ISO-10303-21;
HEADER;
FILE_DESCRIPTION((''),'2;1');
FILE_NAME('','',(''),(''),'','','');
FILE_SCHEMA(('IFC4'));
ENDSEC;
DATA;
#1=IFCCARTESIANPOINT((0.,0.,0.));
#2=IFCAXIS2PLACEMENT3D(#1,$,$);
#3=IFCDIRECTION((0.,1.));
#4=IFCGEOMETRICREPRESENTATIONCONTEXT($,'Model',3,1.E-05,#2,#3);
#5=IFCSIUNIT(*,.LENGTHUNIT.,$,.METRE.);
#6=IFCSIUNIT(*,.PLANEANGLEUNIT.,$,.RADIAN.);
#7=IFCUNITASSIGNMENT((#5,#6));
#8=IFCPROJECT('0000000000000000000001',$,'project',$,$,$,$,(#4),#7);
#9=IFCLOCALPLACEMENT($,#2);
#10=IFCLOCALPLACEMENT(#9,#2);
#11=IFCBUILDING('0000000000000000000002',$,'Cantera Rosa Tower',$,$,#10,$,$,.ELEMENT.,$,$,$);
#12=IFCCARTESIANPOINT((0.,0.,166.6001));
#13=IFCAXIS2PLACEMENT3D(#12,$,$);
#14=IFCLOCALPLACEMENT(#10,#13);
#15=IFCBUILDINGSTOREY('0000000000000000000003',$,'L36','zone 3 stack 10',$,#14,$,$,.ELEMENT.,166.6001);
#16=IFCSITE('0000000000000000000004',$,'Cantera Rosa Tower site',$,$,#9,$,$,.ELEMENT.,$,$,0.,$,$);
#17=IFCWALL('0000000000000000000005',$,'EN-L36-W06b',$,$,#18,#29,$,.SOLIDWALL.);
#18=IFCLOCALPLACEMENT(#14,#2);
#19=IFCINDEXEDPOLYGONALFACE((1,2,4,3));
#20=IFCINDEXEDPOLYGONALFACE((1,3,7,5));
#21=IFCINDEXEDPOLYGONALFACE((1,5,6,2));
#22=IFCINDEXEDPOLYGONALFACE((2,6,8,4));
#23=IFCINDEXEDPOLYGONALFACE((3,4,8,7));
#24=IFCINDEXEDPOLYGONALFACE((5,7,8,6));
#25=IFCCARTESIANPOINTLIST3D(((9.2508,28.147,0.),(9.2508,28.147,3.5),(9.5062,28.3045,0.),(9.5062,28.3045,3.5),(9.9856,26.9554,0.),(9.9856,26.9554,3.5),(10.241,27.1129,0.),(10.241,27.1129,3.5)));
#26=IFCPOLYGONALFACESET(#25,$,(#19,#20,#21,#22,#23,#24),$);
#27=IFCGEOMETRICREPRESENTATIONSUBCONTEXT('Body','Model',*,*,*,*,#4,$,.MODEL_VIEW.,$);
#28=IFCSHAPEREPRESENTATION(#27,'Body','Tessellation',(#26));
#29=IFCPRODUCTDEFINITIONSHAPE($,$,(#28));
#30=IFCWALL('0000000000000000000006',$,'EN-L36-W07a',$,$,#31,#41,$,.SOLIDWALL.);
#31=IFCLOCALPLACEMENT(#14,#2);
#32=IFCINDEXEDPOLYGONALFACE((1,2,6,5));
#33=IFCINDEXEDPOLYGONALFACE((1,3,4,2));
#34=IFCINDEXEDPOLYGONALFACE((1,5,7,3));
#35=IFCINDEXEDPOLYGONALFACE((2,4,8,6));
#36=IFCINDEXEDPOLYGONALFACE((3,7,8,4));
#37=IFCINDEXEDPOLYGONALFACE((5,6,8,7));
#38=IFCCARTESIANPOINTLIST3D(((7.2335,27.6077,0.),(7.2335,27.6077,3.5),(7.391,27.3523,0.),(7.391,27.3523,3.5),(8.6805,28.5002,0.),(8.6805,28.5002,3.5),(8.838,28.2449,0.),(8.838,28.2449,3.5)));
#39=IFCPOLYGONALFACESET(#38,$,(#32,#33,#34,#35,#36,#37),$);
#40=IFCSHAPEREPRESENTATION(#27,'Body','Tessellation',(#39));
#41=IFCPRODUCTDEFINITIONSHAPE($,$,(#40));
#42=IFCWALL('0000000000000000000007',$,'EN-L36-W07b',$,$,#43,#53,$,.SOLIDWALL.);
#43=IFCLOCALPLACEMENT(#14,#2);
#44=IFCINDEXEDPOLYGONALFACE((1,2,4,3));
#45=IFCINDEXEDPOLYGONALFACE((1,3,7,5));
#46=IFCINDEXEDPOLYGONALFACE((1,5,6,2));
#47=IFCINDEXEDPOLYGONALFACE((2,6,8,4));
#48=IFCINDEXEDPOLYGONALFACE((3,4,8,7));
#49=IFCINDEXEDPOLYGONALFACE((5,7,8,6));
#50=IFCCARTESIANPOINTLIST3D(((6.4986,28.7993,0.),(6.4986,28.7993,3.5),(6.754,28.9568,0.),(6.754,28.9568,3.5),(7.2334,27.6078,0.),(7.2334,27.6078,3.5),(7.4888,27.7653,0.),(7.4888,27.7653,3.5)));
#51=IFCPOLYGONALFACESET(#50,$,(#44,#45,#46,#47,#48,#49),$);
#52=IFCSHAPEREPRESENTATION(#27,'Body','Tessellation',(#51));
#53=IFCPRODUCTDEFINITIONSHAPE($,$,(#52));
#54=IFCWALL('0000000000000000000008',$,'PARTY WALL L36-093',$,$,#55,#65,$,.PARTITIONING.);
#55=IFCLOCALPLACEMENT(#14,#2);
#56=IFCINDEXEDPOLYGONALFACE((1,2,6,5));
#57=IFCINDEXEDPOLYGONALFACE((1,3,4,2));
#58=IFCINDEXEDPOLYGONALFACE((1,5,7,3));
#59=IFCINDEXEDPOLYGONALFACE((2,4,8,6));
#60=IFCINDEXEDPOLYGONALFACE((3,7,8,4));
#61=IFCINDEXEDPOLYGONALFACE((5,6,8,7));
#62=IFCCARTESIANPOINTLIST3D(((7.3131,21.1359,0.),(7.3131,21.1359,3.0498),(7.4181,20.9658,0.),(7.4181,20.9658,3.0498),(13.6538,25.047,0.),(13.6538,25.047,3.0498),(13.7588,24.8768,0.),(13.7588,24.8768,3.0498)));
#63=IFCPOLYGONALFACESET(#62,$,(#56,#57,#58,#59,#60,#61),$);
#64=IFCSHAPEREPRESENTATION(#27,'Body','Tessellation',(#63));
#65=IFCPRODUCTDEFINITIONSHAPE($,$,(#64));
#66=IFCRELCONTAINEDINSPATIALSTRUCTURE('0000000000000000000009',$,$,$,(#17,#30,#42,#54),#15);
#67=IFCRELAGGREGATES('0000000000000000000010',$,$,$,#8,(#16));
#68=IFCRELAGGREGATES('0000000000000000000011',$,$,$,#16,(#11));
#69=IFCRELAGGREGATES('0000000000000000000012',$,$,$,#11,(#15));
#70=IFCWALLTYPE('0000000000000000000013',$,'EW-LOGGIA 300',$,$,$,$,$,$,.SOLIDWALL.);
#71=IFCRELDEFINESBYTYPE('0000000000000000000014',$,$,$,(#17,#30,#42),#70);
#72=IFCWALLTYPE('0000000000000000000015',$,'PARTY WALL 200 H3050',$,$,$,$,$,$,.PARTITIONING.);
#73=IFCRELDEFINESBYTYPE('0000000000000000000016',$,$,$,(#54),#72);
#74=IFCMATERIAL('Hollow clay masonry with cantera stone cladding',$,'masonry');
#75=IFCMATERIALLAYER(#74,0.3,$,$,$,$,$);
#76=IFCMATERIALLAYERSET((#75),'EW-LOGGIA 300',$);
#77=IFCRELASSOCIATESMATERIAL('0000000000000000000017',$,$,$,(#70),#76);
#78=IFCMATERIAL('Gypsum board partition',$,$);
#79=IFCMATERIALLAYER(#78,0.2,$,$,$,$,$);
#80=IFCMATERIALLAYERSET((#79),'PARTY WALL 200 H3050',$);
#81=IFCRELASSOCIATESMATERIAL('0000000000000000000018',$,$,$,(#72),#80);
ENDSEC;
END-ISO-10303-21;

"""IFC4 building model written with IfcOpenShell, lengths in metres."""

from ifc_helpers import new_model, si_unit, direction, frame, frame_2d, origin, place, context, subcontext, project, spatial, rectangle, extrude, material, layer, layer_set, type_object, element, save


model = new_model("IFC4")

# Units and contexts
model_context = context("Model", 3, precision=1e-05, world=origin(), true_north=direction((0.0, 1.0)))
body_context = subcontext(model_context, "Body", "Model", "MODEL_VIEW")
ifc_project = project(units=[si_unit("LENGTHUNIT", "METRE"), si_unit("PLANEANGLEUNIT", "RADIAN")], contexts=[model_context])

# Site, building, storey
site_placement = place(None, origin())
site = spatial("IfcSite", under=ifc_project, at=site_placement, Name="Cantera Rosa Tower site", CompositionType="ELEMENT", RefElevation=0.0)
building_placement = place(site_placement, origin())
building = spatial("IfcBuilding", under=site, at=building_placement, Name="Cantera Rosa Tower", CompositionType="ELEMENT")
storey_placement = place(building_placement, frame((0.0, 0.0, 166.6001)))
storey = spatial("IfcBuildingStorey", under=building, at=storey_placement, Name="L36", Description="zone 3 stack 10", CompositionType="ELEMENT", Elevation=166.6001)

# Walls
ifc_material_1 = material(Name="Hollow clay masonry with cantera stone cladding", Category="masonry")
ifc_layer_1 = layer(ifc_material_1, 0.3)
ifc_layer_set_1 = layer_set([ifc_layer_1], Name="EW-LOGGIA 300")
wall_type_1 = type_object("IfcWallType", Name="EW-LOGGIA 300", PredefinedType="SOLIDWALL", material=ifc_layer_set_1)
wall_1_placement = place(storey_placement, frame((10.1133, 27.0342, 0.0), z_axis=(0.0, 0.0, 1.0), x_axis=(-0.524895, 0.851167, 0.0)))
element("IfcWall", 1, at=wall_1_placement, inside=storey, type_object=wall_type_1, Name="EN-L36-W06b", PredefinedType="SOLIDWALL", context=body_context, shape_type="SweptSolid", body=[
    extrude(rectangle(XDim=1.3999, YDim=0.3, at=frame_2d((0.7, 0.0))), origin(), (0.0, 0.0, 1.0), 3.5),
])
wall_2_placement = place(storey_placement, frame((8.7593, 28.3726, 0.0), z_axis=(0.0, 0.0, 1.0), x_axis=(-0.851106, -0.524994, 0.0)))
element("IfcWall", 2, at=wall_2_placement, inside=storey, type_object=wall_type_1, Name="EN-L36-W07a", PredefinedType="SOLIDWALL", context=body_context, shape_type="SweptSolid", body=[
    extrude(rectangle(XDim=1.7002, YDim=0.3, at=frame_2d((0.8501, 0.0))), origin(), (0.0, 0.0, 1.0), 3.5),
])
wall_3_placement = place(storey_placement, frame((7.3611, 27.6865, 0.0), z_axis=(0.0, 0.0, 1.0), x_axis=(-0.524895, 0.851167, 0.0)))
element("IfcWall", 3, at=wall_3_placement, inside=storey, type_object=wall_type_1, Name="EN-L36-W07b", PredefinedType="SOLIDWALL", context=body_context, shape_type="SweptSolid", body=[
    extrude(rectangle(XDim=1.3999, YDim=0.3, at=frame_2d((0.7, 0.0))), origin(), (0.0, 0.0, 1.0), 3.5),
])
ifc_material_2 = material(Name="Gypsum board partition")
ifc_layer_2 = layer(ifc_material_2, 0.2)
ifc_layer_set_2 = layer_set([ifc_layer_2], Name="PARTY WALL 200 H3050")
wall_type_2 = type_object("IfcWallType", Name="PARTY WALL 200 H3050", PredefinedType="PARTITIONING", material=ifc_layer_set_2)
wall_4_placement = place(storey_placement, frame((7.3655, 21.0508, 0.0), z_axis=(0.0, 0.0, 1.0), x_axis=(0.851113, 0.524982, 0.0)))
element("IfcWall", 4, at=wall_4_placement, inside=storey, type_object=wall_type_2, Name="PARTY WALL L36-093", PredefinedType="PARTITIONING", context=body_context, shape_type="SweptSolid", body=[
    extrude(rectangle(XDim=7.45, YDim=0.2, at=frame_2d((3.7251, 0.0))), origin(), (0.0, 0.0, 1.0), 3.0498),
])

save(model, "model.ifc")
